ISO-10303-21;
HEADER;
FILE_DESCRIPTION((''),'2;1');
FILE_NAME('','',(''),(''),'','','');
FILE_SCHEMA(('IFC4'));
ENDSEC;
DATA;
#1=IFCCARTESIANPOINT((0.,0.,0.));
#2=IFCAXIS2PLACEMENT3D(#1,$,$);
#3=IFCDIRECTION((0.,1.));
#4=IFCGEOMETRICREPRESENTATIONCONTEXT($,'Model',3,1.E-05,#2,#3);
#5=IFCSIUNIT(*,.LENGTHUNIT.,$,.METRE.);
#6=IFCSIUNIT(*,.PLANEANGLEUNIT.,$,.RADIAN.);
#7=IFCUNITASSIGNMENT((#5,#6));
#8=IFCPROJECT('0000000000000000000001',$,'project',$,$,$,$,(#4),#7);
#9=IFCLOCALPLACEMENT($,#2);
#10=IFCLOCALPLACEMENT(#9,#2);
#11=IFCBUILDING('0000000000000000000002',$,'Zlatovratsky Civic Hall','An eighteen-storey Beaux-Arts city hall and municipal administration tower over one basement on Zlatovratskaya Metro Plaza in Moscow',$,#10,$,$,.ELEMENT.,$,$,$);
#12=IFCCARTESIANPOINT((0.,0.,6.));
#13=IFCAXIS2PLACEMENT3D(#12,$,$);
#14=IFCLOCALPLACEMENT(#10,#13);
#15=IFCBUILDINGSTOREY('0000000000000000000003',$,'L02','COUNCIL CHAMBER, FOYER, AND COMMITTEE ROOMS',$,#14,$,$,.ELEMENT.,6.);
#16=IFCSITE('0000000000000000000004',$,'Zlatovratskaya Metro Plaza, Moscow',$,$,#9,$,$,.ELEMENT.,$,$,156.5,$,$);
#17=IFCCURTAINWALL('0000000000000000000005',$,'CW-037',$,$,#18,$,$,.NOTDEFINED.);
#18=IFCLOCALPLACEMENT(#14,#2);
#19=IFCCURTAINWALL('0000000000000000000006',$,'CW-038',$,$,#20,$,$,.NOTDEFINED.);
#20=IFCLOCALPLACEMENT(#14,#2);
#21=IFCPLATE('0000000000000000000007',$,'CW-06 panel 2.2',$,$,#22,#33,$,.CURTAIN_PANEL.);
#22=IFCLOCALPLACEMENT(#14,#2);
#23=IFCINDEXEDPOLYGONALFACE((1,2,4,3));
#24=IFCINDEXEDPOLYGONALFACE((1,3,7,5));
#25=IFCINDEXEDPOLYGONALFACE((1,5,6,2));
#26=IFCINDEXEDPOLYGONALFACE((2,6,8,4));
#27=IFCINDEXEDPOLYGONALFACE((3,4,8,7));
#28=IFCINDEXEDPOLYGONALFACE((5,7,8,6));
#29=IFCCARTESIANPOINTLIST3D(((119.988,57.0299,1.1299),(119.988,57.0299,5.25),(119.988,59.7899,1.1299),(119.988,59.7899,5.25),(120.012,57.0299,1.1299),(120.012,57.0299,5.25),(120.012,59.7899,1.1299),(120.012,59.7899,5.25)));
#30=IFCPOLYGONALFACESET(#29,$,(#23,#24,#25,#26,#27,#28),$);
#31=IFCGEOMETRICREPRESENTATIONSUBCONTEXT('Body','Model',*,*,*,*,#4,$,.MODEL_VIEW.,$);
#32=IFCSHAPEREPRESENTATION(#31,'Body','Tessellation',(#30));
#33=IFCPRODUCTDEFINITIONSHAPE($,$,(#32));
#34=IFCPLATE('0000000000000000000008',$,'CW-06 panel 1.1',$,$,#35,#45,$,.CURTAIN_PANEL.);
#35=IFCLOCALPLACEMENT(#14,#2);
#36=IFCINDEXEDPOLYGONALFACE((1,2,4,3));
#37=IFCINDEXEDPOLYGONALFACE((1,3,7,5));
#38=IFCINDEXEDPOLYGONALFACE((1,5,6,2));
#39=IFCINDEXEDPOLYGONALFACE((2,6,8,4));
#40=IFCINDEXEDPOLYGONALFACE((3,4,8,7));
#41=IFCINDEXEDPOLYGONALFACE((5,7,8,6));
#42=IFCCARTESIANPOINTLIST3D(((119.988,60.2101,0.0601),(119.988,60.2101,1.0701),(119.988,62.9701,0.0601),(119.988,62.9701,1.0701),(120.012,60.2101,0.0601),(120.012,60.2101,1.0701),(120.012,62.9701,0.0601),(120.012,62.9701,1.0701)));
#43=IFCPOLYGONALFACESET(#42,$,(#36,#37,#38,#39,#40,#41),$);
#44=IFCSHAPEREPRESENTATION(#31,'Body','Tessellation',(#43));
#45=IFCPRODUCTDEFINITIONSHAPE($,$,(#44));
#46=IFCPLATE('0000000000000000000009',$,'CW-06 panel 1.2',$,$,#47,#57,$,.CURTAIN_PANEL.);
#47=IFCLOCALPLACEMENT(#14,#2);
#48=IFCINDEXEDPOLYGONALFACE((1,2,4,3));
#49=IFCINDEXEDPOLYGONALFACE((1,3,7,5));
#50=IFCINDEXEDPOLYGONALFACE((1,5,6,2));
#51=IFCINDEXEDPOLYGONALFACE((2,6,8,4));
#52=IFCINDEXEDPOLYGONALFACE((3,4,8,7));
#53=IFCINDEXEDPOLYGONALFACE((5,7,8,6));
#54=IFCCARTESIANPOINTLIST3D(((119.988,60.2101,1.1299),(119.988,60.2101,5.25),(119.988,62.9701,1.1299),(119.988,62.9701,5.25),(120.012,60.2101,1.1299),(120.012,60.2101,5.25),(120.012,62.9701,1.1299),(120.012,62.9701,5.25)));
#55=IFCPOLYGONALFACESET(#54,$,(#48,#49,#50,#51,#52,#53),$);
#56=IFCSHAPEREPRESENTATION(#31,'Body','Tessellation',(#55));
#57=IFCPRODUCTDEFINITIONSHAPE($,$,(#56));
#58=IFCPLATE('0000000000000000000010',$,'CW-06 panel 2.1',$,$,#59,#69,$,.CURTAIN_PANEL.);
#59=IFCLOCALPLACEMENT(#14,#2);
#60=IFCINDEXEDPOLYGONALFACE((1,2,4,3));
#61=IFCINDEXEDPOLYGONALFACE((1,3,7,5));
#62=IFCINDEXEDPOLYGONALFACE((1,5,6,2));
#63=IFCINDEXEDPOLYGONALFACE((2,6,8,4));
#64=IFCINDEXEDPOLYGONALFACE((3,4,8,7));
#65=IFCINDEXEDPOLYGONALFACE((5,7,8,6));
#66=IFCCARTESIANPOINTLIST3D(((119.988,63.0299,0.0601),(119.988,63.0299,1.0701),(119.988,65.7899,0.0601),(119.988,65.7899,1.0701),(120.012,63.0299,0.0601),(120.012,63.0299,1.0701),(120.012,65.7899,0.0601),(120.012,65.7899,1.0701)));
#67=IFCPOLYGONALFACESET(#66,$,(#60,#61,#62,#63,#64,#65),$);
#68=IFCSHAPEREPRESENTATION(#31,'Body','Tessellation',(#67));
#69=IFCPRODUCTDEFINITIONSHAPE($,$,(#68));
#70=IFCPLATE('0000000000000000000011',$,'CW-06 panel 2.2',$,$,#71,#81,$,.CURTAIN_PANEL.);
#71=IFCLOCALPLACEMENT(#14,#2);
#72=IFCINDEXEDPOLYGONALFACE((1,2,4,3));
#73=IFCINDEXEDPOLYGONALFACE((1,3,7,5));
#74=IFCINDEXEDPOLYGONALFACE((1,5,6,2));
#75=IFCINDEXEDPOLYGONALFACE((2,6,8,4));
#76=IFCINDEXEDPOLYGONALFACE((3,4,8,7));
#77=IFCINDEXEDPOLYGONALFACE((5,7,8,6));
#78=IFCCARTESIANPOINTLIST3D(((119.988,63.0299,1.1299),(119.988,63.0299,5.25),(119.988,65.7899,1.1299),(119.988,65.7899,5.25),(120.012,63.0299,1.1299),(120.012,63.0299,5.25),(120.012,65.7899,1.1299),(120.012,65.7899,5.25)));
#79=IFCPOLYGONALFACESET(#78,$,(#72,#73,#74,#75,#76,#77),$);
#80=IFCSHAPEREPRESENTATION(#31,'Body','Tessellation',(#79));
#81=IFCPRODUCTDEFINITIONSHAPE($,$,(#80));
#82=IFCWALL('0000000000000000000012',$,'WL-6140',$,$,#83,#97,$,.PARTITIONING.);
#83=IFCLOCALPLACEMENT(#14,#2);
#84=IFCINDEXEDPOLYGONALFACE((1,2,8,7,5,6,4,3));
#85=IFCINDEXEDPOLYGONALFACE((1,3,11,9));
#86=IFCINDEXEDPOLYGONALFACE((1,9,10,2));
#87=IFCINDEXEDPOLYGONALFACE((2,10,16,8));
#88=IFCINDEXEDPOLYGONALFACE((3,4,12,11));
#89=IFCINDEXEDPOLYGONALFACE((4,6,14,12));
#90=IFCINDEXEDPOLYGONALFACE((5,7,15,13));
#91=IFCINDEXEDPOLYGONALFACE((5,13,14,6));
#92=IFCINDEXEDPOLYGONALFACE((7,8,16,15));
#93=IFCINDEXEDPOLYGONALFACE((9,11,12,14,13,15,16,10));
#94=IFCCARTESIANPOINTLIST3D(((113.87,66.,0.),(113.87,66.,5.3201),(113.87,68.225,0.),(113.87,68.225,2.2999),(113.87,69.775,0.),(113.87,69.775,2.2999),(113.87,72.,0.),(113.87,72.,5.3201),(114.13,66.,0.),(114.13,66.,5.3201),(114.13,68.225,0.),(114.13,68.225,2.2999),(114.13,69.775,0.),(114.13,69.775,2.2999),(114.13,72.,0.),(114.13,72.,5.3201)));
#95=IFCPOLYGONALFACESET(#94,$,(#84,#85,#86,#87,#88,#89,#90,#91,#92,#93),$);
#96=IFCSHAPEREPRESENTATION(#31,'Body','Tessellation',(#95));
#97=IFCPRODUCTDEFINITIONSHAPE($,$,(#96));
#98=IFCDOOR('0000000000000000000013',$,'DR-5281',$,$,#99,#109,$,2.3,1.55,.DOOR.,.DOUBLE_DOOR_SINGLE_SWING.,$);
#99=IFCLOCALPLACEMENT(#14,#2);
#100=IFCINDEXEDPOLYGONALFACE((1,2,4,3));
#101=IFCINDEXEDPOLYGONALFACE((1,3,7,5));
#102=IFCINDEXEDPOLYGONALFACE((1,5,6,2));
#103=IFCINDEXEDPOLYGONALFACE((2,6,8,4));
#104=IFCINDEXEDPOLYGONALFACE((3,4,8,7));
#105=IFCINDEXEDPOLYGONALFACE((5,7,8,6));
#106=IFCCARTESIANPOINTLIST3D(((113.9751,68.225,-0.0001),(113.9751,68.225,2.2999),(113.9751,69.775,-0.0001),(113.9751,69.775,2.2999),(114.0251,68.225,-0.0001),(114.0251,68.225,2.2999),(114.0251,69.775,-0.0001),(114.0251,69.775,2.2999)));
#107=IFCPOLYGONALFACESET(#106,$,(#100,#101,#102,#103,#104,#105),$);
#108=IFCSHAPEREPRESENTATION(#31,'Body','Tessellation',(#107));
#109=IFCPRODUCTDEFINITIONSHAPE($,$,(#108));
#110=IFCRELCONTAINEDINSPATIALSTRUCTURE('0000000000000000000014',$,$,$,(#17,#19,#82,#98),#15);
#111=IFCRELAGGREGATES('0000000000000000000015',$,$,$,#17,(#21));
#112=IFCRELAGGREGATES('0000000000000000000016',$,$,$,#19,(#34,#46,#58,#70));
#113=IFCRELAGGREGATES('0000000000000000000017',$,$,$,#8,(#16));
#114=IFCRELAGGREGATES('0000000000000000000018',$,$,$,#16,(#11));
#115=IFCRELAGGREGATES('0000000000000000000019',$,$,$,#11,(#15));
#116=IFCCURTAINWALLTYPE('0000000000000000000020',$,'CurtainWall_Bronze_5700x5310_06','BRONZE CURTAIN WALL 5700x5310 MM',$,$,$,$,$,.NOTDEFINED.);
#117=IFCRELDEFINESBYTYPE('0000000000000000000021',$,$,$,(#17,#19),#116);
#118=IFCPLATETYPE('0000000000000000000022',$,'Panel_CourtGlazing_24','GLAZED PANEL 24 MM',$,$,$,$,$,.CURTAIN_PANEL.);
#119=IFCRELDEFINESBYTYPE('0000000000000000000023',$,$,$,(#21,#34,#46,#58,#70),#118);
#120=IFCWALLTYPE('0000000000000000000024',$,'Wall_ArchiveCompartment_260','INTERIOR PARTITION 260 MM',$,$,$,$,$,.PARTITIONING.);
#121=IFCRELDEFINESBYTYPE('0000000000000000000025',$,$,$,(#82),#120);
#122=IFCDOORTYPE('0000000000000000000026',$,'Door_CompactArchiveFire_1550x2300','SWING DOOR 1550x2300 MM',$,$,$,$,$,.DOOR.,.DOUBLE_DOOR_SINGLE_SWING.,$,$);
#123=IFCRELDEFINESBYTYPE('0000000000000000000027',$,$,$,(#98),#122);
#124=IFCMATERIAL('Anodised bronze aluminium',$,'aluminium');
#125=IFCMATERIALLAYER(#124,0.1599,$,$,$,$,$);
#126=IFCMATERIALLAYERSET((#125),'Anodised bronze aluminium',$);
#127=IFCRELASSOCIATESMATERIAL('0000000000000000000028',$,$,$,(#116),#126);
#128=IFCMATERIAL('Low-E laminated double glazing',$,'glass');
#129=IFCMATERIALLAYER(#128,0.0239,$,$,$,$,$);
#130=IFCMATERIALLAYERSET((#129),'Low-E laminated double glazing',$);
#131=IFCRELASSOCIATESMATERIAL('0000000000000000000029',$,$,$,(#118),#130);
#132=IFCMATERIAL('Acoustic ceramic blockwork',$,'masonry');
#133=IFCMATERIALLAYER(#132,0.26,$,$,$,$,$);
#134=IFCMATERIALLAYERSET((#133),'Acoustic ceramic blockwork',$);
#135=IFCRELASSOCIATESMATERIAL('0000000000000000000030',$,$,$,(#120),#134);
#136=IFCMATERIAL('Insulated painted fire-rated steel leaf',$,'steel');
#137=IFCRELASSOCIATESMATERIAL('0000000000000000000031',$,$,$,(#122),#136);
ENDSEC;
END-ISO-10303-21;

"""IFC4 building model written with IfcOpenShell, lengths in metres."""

from ifc_helpers import new_model, si_unit, direction, frame, frame_2d, origin, origin_2d, place, context, subcontext, project, spatial, rectangle, extrude, material, layer, layer_set, type_object, element, fill, aggregate, save


model = new_model("IFC4")

# Units and contexts
model_context = context("Model", 3, precision=1e-05, world=origin(), true_north=direction((0.0, 1.0)))
body_context = subcontext(model_context, "Body", "Model", "MODEL_VIEW")
ifc_project = project(units=[si_unit("LENGTHUNIT", "METRE"), si_unit("PLANEANGLEUNIT", "RADIAN")], contexts=[model_context])

# Site, building, storey
site_placement = place(None, origin())
site = spatial("IfcSite", under=ifc_project, at=site_placement, Name="Zlatovratskaya Metro Plaza, Moscow", CompositionType="ELEMENT", RefElevation=156.5)
building_placement = place(site_placement, origin())
building = spatial("IfcBuilding", under=site, at=building_placement, Name="Zlatovratsky Civic Hall", Description="An eighteen-storey Beaux-Arts city hall and municipal administration tower over one basement on Zlatovratskaya Metro Plaza in Moscow", CompositionType="ELEMENT")
storey_placement = place(building_placement, frame((0.0, 0.0, 6.0)))
storey = spatial("IfcBuildingStorey", under=building, at=storey_placement, Name="L02", Description="COUNCIL CHAMBER, FOYER, AND COMMITTEE ROOMS", CompositionType="ELEMENT", Elevation=6.0)

# Curtain wall
ifc_material_1 = material(Name="Anodised bronze aluminium", Category="aluminium")
ifc_layer_1 = layer(ifc_material_1, 0.1599)
ifc_layer_set_1 = layer_set([ifc_layer_1], Name="Anodised bronze aluminium")
curtain_wall_type_1 = type_object("IfcCurtainWallType", Name="CurtainWall_Bronze_5700x5310_06", Description="BRONZE CURTAIN WALL 5700x5310 MM", PredefinedType="NOTDEFINED", material=ifc_layer_set_1)
curtain_wall_1_placement = place(storey_placement, origin())
curtain_wall_1 = element("IfcCurtainWall", 1, at=curtain_wall_1_placement, inside=storey, type_object=curtain_wall_type_1, Name="CW-037", PredefinedType="NOTDEFINED")

# Curtain wall
curtain_wall_2_placement = place(storey_placement, origin())
curtain_wall_2 = element("IfcCurtainWall", 2, at=curtain_wall_2_placement, inside=storey, type_object=curtain_wall_type_1, Name="CW-038", PredefinedType="NOTDEFINED")

# Plates
ifc_material_2 = material(Name="Low-E laminated double glazing", Category="glass")
ifc_layer_2 = layer(ifc_material_2, 0.0239)
ifc_layer_set_2 = layer_set([ifc_layer_2], Name="Low-E laminated double glazing")
plate_type = type_object("IfcPlateType", Name="Panel_CourtGlazing_24", Description="GLAZED PANEL 24 MM", PredefinedType="CURTAIN_PANEL", material=ifc_layer_set_2)
plate_1_placement = place(storey_placement, frame((120.0, 58.4099, 1.1299), z_axis=(0.0, 0.0, 1.0), x_axis=(0.0, 1.0, 0.0)))
plate_1 = element("IfcPlate", 3, at=plate_1_placement, type_object=plate_type, Name="CW-06 panel 2.2", PredefinedType="CURTAIN_PANEL", context=body_context, shape_type="SweptSolid", body=[
    extrude(rectangle(XDim=2.76, YDim=0.0239, at=origin_2d()), origin(), (0.0, 0.0, 1.0), 4.1201),
])
aggregate(curtain_wall_1, [plate_1])
plate_2_placement = place(storey_placement, frame((120.0, 61.5901, 0.0601), z_axis=(0.0, 0.0, 1.0), x_axis=(0.0, 1.0, 0.0)))
plate_2 = element("IfcPlate", 4, at=plate_2_placement, type_object=plate_type, Name="CW-06 panel 1.1", PredefinedType="CURTAIN_PANEL", context=body_context, shape_type="SweptSolid", body=[
    extrude(rectangle(XDim=2.76, YDim=0.0239, at=origin_2d()), origin(), (0.0, 0.0, 1.0), 1.01),
])
plate_3_placement = place(storey_placement, frame((120.0, 61.5901, 1.1299), z_axis=(0.0, 0.0, 1.0), x_axis=(0.0, 1.0, 0.0)))
plate_3 = element("IfcPlate", 5, at=plate_3_placement, type_object=plate_type, Name="CW-06 panel 1.2", PredefinedType="CURTAIN_PANEL", context=body_context, shape_type="SweptSolid", body=[
    extrude(rectangle(XDim=2.76, YDim=0.0239, at=origin_2d()), origin(), (0.0, 0.0, 1.0), 4.1201),
])
plate_4_placement = place(storey_placement, frame((120.0, 64.4099, 0.0601), z_axis=(0.0, 0.0, 1.0), x_axis=(0.0, 1.0, 0.0)))
plate_4 = element("IfcPlate", 6, at=plate_4_placement, type_object=plate_type, Name="CW-06 panel 2.1", PredefinedType="CURTAIN_PANEL", context=body_context, shape_type="SweptSolid", body=[
    extrude(rectangle(XDim=2.76, YDim=0.0239, at=origin_2d()), origin(), (0.0, 0.0, 1.0), 1.01),
])
plate_5_placement = place(storey_placement, frame((120.0, 64.4099, 1.1299), z_axis=(0.0, 0.0, 1.0), x_axis=(0.0, 1.0, 0.0)))
plate_5 = element("IfcPlate", 7, at=plate_5_placement, type_object=plate_type, Name="CW-06 panel 2.2", PredefinedType="CURTAIN_PANEL", context=body_context, shape_type="SweptSolid", body=[
    extrude(rectangle(XDim=2.76, YDim=0.0239, at=origin_2d()), origin(), (0.0, 0.0, 1.0), 4.1201),
])
aggregate(curtain_wall_2, [plate_2, plate_3, plate_4, plate_5])

# Wall, opening, door
ifc_material_3 = material(Name="Acoustic ceramic blockwork", Category="masonry")
ifc_layer_3 = layer(ifc_material_3, 0.26)
ifc_layer_set_3 = layer_set([ifc_layer_3], Name="Acoustic ceramic blockwork")
wall_type = type_object("IfcWallType", Name="Wall_ArchiveCompartment_260", Description="INTERIOR PARTITION 260 MM", PredefinedType="PARTITIONING", material=ifc_layer_set_3)
wall_placement = place(storey_placement, frame((114.0, 66.0, 0.0), z_axis=(0.0, 0.0, 1.0), x_axis=(0.0, 1.0, 0.0)))
wall = element("IfcWall", 8, at=wall_placement, inside=storey, type_object=wall_type, Name="WL-6140", PredefinedType="PARTITIONING", context=body_context, shape_type="SweptSolid", body=[
    extrude(rectangle(XDim=6.0, YDim=0.26, at=frame_2d((3.0, 0.0))), origin(), (0.0, 0.0, 1.0), 5.3201),
])
opening_placement = place(wall_placement, frame((2.2251, 0.0, 0.0)))
opening = element("IfcOpeningElement", 9, at=opening_placement, cuts=wall, PredefinedType="OPENING", context=body_context, shape_type="SweptSolid", body=[
    extrude(rectangle(XDim=1.55, YDim=2.3, at=frame_2d((0.7749, 1.1499))), frame((0.0, 0.145, 0.0), z_axis=(0.0, -1.0, 0.0), x_axis=(1.0, 0.0, 0.0)), (0.0, 0.0, 1.0), 0.2898),
])
ifc_material_4 = material(Name="Insulated painted fire-rated steel leaf", Category="steel")
door_type = type_object("IfcDoorType", Name="Door_CompactArchiveFire_1550x2300", Description="SWING DOOR 1550x2300 MM", OperationType="DOUBLE_DOOR_SINGLE_SWING", PredefinedType="DOOR", material=ifc_material_4)
door_placement = place(opening_placement, origin())
door = element("IfcDoor", 10, at=door_placement, inside=storey, type_object=door_type, Name="DR-5281", OperationType="DOUBLE_DOOR_SINGLE_SWING", OverallHeight=2.3, OverallWidth=1.55, PredefinedType="DOOR", context=body_context, shape_type="SweptSolid", body=[
    extrude(rectangle(XDim=1.55, YDim=2.3, at=frame_2d((0.7749, 1.1499))), frame((0.0, 0.0249, 0.0), z_axis=(0.0, -1.0, 0.0), x_axis=(1.0, 0.0, 0.0)), (0.0, 0.0, 1.0), 0.05),
])
fill(opening, door)

save(model, "model.ifc")
